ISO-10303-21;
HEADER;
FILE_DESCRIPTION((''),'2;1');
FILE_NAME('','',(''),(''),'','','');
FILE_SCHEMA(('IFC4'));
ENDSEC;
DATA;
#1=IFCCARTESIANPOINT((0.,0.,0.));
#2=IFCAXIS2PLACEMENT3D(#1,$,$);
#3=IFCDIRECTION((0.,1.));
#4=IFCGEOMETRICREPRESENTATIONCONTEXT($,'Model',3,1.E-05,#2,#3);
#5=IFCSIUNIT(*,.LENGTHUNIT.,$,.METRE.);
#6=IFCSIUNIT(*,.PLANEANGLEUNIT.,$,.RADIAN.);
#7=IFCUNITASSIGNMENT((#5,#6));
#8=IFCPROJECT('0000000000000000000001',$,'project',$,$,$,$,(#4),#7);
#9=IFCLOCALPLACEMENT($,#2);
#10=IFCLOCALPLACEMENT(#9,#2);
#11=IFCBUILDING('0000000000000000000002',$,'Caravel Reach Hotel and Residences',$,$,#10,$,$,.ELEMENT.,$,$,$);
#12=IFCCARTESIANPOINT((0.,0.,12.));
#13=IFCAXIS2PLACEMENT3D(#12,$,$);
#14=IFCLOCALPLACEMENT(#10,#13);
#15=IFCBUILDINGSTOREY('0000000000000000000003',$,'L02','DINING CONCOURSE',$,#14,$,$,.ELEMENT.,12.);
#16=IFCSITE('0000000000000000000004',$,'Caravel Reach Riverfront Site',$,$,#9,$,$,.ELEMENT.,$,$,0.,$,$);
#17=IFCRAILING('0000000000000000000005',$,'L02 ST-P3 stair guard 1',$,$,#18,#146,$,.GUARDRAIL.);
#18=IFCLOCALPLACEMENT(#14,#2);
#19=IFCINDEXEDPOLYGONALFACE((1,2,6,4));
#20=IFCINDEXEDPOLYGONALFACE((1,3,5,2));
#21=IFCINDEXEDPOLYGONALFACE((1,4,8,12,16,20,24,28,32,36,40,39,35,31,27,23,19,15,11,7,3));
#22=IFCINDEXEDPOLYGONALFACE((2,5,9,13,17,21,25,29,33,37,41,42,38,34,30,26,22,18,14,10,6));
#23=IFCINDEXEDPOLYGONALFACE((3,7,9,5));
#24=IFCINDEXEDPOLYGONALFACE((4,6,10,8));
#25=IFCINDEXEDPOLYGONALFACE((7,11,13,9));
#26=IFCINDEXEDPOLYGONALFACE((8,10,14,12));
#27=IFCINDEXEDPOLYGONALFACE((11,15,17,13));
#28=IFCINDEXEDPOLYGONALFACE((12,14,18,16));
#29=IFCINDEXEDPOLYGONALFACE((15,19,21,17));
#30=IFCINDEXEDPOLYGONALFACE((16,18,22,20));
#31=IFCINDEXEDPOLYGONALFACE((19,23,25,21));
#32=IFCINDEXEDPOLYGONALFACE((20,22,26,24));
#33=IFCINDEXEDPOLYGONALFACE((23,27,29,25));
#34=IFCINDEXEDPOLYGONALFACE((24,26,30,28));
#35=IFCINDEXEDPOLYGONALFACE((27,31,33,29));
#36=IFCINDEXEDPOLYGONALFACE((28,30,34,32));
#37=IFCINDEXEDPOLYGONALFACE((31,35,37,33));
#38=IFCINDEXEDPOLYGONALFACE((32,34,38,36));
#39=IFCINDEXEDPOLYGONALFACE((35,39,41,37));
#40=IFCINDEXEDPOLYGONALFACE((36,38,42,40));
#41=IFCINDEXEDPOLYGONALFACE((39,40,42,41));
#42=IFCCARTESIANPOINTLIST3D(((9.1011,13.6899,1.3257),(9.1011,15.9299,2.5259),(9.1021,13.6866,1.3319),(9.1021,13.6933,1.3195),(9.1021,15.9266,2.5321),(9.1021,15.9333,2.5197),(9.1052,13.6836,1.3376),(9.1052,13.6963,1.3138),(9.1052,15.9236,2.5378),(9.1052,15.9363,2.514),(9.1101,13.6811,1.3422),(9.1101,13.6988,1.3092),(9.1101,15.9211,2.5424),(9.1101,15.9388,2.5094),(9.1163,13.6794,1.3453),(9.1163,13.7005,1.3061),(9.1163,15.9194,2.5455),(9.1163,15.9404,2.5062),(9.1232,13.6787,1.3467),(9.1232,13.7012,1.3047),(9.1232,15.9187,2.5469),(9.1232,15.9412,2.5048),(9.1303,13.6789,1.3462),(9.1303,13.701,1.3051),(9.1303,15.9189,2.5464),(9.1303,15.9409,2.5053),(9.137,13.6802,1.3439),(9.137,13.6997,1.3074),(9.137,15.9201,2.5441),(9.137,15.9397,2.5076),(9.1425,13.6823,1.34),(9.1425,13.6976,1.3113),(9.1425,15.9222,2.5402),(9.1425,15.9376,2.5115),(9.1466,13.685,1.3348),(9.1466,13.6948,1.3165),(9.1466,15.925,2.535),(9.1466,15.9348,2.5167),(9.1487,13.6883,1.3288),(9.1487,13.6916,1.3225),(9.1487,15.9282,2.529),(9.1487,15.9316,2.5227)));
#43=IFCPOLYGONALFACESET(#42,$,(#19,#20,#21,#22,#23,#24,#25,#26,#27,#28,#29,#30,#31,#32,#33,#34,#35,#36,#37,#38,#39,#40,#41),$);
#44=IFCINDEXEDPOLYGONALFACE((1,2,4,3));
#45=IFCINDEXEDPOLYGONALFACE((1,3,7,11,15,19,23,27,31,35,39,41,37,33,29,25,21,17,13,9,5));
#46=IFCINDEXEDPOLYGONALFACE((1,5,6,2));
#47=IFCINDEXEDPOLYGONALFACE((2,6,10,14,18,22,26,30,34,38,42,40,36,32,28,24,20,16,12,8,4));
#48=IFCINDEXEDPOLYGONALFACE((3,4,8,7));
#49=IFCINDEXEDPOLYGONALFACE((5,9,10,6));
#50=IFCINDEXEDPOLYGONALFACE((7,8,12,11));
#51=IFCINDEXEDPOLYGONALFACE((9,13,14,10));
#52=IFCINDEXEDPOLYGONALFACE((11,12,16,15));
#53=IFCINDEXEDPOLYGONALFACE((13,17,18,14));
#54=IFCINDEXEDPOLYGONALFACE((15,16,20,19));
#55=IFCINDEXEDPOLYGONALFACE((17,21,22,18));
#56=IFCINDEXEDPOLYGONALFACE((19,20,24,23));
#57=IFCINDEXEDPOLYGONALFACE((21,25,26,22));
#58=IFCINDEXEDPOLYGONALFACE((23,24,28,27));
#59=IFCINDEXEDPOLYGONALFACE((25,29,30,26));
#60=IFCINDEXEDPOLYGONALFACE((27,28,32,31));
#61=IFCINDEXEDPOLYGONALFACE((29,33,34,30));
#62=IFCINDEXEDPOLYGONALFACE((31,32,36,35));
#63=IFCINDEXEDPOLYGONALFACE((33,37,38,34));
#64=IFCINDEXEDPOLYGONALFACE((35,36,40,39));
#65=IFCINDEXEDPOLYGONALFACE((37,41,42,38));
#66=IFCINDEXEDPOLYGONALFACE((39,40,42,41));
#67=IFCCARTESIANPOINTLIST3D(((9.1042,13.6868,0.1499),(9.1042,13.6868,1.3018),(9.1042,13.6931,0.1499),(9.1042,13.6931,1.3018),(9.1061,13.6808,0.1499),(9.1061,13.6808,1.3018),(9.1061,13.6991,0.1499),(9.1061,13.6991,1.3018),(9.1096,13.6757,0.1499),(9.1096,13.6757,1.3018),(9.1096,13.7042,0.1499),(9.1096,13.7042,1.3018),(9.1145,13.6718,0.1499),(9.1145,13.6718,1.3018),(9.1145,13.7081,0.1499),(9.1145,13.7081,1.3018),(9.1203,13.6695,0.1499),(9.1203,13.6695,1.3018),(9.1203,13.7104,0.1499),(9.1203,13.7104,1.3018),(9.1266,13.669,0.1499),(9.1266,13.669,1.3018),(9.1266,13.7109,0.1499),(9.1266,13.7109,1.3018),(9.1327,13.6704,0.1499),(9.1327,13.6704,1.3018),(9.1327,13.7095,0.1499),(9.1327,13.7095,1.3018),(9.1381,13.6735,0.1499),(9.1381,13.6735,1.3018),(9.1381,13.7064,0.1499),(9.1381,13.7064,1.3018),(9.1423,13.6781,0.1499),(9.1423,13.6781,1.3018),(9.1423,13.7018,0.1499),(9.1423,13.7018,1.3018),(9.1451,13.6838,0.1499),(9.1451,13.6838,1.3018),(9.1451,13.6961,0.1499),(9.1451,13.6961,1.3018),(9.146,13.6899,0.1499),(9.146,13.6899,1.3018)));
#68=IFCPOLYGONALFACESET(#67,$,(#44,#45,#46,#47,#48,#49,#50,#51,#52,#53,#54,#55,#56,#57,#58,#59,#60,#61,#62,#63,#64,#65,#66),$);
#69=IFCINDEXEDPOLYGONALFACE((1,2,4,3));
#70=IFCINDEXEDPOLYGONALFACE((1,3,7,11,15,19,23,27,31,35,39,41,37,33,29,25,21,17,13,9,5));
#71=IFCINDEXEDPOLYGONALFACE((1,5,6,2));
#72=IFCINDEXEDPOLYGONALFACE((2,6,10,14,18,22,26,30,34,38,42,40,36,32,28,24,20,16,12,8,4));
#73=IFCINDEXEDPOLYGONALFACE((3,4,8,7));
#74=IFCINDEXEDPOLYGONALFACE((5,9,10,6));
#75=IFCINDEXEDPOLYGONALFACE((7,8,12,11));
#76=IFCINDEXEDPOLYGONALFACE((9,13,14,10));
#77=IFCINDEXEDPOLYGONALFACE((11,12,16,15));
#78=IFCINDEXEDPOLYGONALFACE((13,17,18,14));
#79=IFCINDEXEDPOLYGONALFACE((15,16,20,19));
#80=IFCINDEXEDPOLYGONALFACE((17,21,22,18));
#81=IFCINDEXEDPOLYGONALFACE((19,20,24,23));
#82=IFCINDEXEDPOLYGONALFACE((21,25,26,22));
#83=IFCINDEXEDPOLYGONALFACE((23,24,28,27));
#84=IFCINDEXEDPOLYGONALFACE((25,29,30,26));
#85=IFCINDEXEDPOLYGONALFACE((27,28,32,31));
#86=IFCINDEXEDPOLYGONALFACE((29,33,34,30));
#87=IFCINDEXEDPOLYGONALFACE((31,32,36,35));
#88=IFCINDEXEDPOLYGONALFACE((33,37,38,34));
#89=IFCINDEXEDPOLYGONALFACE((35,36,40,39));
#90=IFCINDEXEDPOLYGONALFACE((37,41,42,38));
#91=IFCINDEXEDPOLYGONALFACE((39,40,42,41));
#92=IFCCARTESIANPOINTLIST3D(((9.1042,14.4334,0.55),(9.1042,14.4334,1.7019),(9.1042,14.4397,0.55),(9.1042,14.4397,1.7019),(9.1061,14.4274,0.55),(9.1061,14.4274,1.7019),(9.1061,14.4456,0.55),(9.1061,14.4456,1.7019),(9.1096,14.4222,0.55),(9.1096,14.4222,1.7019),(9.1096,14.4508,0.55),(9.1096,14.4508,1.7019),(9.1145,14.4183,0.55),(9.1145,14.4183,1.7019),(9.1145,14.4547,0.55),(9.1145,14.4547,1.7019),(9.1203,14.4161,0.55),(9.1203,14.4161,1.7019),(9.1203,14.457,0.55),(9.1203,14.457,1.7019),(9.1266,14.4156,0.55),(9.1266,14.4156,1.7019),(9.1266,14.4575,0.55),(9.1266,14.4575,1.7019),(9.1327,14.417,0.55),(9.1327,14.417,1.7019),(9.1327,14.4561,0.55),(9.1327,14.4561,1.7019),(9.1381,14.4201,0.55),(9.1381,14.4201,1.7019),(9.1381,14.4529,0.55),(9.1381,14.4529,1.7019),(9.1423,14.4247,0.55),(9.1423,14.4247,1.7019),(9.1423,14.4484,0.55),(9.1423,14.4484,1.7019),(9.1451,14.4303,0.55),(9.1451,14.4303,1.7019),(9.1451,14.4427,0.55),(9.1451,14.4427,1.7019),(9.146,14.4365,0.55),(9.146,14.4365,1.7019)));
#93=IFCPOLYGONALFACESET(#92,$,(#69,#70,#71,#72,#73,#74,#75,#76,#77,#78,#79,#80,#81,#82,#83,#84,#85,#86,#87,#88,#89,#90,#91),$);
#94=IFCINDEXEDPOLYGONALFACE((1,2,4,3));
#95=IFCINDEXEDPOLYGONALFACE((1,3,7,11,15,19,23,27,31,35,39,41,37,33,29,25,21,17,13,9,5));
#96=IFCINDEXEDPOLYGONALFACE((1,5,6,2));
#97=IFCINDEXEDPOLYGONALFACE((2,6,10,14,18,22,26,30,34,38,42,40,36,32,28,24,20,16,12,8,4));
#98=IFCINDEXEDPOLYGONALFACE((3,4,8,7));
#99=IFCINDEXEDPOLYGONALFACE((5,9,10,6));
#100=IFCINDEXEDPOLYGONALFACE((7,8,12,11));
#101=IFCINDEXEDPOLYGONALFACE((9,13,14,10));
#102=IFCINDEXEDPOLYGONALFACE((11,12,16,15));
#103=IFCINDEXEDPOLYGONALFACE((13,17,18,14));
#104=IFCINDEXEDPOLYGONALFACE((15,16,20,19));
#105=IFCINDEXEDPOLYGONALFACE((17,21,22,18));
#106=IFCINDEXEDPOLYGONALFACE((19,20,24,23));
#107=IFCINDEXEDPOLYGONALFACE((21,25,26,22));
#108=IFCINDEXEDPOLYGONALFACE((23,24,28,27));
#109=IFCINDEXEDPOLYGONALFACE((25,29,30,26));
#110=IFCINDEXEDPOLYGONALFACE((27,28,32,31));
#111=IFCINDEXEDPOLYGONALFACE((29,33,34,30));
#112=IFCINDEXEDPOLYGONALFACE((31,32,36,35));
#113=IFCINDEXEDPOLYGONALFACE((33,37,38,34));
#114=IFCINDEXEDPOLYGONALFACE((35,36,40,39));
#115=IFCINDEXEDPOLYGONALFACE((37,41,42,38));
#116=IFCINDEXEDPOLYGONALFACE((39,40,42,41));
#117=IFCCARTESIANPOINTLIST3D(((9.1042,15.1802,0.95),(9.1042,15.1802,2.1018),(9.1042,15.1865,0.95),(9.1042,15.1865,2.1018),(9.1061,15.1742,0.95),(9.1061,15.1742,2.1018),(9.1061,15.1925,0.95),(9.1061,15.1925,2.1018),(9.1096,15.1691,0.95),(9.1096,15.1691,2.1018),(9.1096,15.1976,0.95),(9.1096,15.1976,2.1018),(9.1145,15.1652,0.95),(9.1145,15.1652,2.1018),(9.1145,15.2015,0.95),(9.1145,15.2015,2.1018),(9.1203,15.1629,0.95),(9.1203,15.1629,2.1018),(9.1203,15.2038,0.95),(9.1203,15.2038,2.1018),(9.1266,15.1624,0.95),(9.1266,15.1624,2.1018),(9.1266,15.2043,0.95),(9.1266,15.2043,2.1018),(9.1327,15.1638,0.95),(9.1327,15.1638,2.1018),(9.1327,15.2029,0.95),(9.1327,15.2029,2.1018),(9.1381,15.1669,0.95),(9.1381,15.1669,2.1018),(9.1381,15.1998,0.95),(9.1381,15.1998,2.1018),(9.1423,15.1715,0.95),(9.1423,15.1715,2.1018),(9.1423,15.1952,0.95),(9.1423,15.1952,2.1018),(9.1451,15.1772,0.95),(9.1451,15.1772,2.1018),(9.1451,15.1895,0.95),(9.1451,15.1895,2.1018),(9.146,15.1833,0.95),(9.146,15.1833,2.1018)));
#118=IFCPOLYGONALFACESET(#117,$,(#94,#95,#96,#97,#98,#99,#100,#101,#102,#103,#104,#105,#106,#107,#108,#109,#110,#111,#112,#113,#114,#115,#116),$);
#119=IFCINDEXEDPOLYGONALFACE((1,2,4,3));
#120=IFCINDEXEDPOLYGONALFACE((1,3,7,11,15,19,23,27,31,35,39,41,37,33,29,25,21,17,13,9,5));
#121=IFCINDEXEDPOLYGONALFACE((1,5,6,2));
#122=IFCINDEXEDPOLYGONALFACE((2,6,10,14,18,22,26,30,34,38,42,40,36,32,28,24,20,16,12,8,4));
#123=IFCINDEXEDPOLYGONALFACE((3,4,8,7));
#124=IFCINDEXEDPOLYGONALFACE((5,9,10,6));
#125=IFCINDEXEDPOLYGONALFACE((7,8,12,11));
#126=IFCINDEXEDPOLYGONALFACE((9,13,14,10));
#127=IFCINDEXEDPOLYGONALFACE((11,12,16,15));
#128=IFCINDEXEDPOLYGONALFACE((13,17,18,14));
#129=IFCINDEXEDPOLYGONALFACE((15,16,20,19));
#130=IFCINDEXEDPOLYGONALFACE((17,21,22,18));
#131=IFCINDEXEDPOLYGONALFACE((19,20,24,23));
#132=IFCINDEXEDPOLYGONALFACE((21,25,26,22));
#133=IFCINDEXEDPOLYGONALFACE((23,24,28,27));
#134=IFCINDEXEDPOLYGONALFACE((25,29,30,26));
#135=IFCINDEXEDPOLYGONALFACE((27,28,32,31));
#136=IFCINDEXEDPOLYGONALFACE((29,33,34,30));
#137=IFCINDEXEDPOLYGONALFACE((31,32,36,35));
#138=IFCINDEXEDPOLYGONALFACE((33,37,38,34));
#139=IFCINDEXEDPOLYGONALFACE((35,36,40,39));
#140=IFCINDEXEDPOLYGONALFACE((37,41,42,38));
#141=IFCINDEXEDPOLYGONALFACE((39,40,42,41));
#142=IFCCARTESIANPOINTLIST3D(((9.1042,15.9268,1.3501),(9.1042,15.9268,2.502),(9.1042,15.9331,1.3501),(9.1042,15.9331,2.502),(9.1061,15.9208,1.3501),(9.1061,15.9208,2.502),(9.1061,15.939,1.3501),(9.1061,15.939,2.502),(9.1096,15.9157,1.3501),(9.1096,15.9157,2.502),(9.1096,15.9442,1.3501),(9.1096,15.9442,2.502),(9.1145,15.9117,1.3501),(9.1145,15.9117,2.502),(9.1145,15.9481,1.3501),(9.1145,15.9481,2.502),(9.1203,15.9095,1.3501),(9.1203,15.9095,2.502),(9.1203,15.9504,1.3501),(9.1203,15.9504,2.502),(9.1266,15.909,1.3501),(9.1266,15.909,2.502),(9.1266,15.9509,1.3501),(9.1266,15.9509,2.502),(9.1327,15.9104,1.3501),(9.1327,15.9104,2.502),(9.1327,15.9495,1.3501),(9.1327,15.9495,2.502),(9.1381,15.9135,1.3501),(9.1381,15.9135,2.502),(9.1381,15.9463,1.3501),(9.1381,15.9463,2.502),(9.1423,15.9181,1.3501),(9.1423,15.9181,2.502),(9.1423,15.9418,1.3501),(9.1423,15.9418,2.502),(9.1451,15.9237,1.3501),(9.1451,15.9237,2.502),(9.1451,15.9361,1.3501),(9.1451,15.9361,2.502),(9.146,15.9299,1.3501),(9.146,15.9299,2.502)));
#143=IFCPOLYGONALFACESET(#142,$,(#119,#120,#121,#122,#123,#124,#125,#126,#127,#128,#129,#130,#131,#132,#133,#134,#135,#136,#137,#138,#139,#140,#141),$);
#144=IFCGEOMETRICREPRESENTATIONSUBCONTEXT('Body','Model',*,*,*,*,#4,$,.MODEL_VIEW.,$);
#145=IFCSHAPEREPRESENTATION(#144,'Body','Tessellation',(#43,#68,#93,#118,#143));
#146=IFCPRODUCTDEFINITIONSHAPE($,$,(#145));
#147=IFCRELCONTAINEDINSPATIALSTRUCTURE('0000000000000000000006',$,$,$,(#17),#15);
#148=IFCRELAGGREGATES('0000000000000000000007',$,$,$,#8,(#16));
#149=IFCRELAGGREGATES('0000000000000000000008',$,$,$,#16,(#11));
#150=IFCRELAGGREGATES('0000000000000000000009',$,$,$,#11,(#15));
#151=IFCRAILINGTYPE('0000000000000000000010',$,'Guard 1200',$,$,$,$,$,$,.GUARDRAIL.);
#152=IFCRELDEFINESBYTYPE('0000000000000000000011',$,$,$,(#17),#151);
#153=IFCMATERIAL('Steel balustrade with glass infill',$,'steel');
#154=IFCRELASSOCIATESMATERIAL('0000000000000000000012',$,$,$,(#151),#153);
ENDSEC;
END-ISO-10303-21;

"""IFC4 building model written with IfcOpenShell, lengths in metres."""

from ifc_helpers import new_model, si_unit, direction, frame, origin, origin_2d, place, context, subcontext, project, spatial, circle, extrude, material, type_object, element, save


model = new_model("IFC4")

# Units and contexts
model_context = context("Model", 3, precision=1e-05, world=origin(), true_north=direction((0.0, 1.0)))
body_context = subcontext(model_context, "Body", "Model", "MODEL_VIEW")
ifc_project = project(units=[si_unit("LENGTHUNIT", "METRE"), si_unit("PLANEANGLEUNIT", "RADIAN")], contexts=[model_context])

# Site, building, storey
site_placement = place(None, origin())
site = spatial("IfcSite", under=ifc_project, at=site_placement, Name="Caravel Reach Riverfront Site", CompositionType="ELEMENT", RefElevation=0.0)
building_placement = place(site_placement, origin())
building = spatial("IfcBuilding", under=site, at=building_placement, Name="Caravel Reach Hotel and Residences", CompositionType="ELEMENT")
storey_placement = place(building_placement, frame((0.0, 0.0, 12.0)))
storey = spatial("IfcBuildingStorey", under=building, at=storey_placement, Name="L02", Description="DINING CONCOURSE", CompositionType="ELEMENT", Elevation=12.0)

# Railing
ifc_material_1 = material(Name="Steel balustrade with glass infill", Category="steel")
railing_type_1 = type_object("IfcRailingType", Name="Guard 1200", PredefinedType="GUARDRAIL", material=ifc_material_1)
railing_1_placement = place(storey_placement, frame((9.125, 13.6899, 0.1499)))
element("IfcRailing", 1, at=railing_1_placement, inside=storey, type_object=railing_type_1, Name="L02 ST-P3 stair guard 1", PredefinedType="GUARDRAIL", context=body_context, shape_type="SweptSolid", body=[
    extrude(circle(Radius=0.0239, at=origin_2d()), frame((0.0, 0.0, 1.1758), z_axis=(0.0, 0.881447, 0.472283), x_axis=(-1.0, 0.0, 0.0)), (0.0, 0.0, 1.0), 2.5413),
    extrude(circle(Radius=0.021, at=origin_2d()), origin(), (0.0, 0.0, 1.0), 1.1519),
    extrude(circle(Radius=0.021, at=origin_2d()), frame((0.0, 0.7466, 0.4001)), (0.0, 0.0, 1.0), 1.1519),
    extrude(circle(Radius=0.021, at=origin_2d()), frame((0.0, 1.4934, 0.8)), (0.0, 0.0, 1.0), 1.1519),
    extrude(circle(Radius=0.021, at=origin_2d()), frame((0.0, 2.24, 1.2002)), (0.0, 0.0, 1.0), 1.1519),
])

save(model, "model.ifc")
